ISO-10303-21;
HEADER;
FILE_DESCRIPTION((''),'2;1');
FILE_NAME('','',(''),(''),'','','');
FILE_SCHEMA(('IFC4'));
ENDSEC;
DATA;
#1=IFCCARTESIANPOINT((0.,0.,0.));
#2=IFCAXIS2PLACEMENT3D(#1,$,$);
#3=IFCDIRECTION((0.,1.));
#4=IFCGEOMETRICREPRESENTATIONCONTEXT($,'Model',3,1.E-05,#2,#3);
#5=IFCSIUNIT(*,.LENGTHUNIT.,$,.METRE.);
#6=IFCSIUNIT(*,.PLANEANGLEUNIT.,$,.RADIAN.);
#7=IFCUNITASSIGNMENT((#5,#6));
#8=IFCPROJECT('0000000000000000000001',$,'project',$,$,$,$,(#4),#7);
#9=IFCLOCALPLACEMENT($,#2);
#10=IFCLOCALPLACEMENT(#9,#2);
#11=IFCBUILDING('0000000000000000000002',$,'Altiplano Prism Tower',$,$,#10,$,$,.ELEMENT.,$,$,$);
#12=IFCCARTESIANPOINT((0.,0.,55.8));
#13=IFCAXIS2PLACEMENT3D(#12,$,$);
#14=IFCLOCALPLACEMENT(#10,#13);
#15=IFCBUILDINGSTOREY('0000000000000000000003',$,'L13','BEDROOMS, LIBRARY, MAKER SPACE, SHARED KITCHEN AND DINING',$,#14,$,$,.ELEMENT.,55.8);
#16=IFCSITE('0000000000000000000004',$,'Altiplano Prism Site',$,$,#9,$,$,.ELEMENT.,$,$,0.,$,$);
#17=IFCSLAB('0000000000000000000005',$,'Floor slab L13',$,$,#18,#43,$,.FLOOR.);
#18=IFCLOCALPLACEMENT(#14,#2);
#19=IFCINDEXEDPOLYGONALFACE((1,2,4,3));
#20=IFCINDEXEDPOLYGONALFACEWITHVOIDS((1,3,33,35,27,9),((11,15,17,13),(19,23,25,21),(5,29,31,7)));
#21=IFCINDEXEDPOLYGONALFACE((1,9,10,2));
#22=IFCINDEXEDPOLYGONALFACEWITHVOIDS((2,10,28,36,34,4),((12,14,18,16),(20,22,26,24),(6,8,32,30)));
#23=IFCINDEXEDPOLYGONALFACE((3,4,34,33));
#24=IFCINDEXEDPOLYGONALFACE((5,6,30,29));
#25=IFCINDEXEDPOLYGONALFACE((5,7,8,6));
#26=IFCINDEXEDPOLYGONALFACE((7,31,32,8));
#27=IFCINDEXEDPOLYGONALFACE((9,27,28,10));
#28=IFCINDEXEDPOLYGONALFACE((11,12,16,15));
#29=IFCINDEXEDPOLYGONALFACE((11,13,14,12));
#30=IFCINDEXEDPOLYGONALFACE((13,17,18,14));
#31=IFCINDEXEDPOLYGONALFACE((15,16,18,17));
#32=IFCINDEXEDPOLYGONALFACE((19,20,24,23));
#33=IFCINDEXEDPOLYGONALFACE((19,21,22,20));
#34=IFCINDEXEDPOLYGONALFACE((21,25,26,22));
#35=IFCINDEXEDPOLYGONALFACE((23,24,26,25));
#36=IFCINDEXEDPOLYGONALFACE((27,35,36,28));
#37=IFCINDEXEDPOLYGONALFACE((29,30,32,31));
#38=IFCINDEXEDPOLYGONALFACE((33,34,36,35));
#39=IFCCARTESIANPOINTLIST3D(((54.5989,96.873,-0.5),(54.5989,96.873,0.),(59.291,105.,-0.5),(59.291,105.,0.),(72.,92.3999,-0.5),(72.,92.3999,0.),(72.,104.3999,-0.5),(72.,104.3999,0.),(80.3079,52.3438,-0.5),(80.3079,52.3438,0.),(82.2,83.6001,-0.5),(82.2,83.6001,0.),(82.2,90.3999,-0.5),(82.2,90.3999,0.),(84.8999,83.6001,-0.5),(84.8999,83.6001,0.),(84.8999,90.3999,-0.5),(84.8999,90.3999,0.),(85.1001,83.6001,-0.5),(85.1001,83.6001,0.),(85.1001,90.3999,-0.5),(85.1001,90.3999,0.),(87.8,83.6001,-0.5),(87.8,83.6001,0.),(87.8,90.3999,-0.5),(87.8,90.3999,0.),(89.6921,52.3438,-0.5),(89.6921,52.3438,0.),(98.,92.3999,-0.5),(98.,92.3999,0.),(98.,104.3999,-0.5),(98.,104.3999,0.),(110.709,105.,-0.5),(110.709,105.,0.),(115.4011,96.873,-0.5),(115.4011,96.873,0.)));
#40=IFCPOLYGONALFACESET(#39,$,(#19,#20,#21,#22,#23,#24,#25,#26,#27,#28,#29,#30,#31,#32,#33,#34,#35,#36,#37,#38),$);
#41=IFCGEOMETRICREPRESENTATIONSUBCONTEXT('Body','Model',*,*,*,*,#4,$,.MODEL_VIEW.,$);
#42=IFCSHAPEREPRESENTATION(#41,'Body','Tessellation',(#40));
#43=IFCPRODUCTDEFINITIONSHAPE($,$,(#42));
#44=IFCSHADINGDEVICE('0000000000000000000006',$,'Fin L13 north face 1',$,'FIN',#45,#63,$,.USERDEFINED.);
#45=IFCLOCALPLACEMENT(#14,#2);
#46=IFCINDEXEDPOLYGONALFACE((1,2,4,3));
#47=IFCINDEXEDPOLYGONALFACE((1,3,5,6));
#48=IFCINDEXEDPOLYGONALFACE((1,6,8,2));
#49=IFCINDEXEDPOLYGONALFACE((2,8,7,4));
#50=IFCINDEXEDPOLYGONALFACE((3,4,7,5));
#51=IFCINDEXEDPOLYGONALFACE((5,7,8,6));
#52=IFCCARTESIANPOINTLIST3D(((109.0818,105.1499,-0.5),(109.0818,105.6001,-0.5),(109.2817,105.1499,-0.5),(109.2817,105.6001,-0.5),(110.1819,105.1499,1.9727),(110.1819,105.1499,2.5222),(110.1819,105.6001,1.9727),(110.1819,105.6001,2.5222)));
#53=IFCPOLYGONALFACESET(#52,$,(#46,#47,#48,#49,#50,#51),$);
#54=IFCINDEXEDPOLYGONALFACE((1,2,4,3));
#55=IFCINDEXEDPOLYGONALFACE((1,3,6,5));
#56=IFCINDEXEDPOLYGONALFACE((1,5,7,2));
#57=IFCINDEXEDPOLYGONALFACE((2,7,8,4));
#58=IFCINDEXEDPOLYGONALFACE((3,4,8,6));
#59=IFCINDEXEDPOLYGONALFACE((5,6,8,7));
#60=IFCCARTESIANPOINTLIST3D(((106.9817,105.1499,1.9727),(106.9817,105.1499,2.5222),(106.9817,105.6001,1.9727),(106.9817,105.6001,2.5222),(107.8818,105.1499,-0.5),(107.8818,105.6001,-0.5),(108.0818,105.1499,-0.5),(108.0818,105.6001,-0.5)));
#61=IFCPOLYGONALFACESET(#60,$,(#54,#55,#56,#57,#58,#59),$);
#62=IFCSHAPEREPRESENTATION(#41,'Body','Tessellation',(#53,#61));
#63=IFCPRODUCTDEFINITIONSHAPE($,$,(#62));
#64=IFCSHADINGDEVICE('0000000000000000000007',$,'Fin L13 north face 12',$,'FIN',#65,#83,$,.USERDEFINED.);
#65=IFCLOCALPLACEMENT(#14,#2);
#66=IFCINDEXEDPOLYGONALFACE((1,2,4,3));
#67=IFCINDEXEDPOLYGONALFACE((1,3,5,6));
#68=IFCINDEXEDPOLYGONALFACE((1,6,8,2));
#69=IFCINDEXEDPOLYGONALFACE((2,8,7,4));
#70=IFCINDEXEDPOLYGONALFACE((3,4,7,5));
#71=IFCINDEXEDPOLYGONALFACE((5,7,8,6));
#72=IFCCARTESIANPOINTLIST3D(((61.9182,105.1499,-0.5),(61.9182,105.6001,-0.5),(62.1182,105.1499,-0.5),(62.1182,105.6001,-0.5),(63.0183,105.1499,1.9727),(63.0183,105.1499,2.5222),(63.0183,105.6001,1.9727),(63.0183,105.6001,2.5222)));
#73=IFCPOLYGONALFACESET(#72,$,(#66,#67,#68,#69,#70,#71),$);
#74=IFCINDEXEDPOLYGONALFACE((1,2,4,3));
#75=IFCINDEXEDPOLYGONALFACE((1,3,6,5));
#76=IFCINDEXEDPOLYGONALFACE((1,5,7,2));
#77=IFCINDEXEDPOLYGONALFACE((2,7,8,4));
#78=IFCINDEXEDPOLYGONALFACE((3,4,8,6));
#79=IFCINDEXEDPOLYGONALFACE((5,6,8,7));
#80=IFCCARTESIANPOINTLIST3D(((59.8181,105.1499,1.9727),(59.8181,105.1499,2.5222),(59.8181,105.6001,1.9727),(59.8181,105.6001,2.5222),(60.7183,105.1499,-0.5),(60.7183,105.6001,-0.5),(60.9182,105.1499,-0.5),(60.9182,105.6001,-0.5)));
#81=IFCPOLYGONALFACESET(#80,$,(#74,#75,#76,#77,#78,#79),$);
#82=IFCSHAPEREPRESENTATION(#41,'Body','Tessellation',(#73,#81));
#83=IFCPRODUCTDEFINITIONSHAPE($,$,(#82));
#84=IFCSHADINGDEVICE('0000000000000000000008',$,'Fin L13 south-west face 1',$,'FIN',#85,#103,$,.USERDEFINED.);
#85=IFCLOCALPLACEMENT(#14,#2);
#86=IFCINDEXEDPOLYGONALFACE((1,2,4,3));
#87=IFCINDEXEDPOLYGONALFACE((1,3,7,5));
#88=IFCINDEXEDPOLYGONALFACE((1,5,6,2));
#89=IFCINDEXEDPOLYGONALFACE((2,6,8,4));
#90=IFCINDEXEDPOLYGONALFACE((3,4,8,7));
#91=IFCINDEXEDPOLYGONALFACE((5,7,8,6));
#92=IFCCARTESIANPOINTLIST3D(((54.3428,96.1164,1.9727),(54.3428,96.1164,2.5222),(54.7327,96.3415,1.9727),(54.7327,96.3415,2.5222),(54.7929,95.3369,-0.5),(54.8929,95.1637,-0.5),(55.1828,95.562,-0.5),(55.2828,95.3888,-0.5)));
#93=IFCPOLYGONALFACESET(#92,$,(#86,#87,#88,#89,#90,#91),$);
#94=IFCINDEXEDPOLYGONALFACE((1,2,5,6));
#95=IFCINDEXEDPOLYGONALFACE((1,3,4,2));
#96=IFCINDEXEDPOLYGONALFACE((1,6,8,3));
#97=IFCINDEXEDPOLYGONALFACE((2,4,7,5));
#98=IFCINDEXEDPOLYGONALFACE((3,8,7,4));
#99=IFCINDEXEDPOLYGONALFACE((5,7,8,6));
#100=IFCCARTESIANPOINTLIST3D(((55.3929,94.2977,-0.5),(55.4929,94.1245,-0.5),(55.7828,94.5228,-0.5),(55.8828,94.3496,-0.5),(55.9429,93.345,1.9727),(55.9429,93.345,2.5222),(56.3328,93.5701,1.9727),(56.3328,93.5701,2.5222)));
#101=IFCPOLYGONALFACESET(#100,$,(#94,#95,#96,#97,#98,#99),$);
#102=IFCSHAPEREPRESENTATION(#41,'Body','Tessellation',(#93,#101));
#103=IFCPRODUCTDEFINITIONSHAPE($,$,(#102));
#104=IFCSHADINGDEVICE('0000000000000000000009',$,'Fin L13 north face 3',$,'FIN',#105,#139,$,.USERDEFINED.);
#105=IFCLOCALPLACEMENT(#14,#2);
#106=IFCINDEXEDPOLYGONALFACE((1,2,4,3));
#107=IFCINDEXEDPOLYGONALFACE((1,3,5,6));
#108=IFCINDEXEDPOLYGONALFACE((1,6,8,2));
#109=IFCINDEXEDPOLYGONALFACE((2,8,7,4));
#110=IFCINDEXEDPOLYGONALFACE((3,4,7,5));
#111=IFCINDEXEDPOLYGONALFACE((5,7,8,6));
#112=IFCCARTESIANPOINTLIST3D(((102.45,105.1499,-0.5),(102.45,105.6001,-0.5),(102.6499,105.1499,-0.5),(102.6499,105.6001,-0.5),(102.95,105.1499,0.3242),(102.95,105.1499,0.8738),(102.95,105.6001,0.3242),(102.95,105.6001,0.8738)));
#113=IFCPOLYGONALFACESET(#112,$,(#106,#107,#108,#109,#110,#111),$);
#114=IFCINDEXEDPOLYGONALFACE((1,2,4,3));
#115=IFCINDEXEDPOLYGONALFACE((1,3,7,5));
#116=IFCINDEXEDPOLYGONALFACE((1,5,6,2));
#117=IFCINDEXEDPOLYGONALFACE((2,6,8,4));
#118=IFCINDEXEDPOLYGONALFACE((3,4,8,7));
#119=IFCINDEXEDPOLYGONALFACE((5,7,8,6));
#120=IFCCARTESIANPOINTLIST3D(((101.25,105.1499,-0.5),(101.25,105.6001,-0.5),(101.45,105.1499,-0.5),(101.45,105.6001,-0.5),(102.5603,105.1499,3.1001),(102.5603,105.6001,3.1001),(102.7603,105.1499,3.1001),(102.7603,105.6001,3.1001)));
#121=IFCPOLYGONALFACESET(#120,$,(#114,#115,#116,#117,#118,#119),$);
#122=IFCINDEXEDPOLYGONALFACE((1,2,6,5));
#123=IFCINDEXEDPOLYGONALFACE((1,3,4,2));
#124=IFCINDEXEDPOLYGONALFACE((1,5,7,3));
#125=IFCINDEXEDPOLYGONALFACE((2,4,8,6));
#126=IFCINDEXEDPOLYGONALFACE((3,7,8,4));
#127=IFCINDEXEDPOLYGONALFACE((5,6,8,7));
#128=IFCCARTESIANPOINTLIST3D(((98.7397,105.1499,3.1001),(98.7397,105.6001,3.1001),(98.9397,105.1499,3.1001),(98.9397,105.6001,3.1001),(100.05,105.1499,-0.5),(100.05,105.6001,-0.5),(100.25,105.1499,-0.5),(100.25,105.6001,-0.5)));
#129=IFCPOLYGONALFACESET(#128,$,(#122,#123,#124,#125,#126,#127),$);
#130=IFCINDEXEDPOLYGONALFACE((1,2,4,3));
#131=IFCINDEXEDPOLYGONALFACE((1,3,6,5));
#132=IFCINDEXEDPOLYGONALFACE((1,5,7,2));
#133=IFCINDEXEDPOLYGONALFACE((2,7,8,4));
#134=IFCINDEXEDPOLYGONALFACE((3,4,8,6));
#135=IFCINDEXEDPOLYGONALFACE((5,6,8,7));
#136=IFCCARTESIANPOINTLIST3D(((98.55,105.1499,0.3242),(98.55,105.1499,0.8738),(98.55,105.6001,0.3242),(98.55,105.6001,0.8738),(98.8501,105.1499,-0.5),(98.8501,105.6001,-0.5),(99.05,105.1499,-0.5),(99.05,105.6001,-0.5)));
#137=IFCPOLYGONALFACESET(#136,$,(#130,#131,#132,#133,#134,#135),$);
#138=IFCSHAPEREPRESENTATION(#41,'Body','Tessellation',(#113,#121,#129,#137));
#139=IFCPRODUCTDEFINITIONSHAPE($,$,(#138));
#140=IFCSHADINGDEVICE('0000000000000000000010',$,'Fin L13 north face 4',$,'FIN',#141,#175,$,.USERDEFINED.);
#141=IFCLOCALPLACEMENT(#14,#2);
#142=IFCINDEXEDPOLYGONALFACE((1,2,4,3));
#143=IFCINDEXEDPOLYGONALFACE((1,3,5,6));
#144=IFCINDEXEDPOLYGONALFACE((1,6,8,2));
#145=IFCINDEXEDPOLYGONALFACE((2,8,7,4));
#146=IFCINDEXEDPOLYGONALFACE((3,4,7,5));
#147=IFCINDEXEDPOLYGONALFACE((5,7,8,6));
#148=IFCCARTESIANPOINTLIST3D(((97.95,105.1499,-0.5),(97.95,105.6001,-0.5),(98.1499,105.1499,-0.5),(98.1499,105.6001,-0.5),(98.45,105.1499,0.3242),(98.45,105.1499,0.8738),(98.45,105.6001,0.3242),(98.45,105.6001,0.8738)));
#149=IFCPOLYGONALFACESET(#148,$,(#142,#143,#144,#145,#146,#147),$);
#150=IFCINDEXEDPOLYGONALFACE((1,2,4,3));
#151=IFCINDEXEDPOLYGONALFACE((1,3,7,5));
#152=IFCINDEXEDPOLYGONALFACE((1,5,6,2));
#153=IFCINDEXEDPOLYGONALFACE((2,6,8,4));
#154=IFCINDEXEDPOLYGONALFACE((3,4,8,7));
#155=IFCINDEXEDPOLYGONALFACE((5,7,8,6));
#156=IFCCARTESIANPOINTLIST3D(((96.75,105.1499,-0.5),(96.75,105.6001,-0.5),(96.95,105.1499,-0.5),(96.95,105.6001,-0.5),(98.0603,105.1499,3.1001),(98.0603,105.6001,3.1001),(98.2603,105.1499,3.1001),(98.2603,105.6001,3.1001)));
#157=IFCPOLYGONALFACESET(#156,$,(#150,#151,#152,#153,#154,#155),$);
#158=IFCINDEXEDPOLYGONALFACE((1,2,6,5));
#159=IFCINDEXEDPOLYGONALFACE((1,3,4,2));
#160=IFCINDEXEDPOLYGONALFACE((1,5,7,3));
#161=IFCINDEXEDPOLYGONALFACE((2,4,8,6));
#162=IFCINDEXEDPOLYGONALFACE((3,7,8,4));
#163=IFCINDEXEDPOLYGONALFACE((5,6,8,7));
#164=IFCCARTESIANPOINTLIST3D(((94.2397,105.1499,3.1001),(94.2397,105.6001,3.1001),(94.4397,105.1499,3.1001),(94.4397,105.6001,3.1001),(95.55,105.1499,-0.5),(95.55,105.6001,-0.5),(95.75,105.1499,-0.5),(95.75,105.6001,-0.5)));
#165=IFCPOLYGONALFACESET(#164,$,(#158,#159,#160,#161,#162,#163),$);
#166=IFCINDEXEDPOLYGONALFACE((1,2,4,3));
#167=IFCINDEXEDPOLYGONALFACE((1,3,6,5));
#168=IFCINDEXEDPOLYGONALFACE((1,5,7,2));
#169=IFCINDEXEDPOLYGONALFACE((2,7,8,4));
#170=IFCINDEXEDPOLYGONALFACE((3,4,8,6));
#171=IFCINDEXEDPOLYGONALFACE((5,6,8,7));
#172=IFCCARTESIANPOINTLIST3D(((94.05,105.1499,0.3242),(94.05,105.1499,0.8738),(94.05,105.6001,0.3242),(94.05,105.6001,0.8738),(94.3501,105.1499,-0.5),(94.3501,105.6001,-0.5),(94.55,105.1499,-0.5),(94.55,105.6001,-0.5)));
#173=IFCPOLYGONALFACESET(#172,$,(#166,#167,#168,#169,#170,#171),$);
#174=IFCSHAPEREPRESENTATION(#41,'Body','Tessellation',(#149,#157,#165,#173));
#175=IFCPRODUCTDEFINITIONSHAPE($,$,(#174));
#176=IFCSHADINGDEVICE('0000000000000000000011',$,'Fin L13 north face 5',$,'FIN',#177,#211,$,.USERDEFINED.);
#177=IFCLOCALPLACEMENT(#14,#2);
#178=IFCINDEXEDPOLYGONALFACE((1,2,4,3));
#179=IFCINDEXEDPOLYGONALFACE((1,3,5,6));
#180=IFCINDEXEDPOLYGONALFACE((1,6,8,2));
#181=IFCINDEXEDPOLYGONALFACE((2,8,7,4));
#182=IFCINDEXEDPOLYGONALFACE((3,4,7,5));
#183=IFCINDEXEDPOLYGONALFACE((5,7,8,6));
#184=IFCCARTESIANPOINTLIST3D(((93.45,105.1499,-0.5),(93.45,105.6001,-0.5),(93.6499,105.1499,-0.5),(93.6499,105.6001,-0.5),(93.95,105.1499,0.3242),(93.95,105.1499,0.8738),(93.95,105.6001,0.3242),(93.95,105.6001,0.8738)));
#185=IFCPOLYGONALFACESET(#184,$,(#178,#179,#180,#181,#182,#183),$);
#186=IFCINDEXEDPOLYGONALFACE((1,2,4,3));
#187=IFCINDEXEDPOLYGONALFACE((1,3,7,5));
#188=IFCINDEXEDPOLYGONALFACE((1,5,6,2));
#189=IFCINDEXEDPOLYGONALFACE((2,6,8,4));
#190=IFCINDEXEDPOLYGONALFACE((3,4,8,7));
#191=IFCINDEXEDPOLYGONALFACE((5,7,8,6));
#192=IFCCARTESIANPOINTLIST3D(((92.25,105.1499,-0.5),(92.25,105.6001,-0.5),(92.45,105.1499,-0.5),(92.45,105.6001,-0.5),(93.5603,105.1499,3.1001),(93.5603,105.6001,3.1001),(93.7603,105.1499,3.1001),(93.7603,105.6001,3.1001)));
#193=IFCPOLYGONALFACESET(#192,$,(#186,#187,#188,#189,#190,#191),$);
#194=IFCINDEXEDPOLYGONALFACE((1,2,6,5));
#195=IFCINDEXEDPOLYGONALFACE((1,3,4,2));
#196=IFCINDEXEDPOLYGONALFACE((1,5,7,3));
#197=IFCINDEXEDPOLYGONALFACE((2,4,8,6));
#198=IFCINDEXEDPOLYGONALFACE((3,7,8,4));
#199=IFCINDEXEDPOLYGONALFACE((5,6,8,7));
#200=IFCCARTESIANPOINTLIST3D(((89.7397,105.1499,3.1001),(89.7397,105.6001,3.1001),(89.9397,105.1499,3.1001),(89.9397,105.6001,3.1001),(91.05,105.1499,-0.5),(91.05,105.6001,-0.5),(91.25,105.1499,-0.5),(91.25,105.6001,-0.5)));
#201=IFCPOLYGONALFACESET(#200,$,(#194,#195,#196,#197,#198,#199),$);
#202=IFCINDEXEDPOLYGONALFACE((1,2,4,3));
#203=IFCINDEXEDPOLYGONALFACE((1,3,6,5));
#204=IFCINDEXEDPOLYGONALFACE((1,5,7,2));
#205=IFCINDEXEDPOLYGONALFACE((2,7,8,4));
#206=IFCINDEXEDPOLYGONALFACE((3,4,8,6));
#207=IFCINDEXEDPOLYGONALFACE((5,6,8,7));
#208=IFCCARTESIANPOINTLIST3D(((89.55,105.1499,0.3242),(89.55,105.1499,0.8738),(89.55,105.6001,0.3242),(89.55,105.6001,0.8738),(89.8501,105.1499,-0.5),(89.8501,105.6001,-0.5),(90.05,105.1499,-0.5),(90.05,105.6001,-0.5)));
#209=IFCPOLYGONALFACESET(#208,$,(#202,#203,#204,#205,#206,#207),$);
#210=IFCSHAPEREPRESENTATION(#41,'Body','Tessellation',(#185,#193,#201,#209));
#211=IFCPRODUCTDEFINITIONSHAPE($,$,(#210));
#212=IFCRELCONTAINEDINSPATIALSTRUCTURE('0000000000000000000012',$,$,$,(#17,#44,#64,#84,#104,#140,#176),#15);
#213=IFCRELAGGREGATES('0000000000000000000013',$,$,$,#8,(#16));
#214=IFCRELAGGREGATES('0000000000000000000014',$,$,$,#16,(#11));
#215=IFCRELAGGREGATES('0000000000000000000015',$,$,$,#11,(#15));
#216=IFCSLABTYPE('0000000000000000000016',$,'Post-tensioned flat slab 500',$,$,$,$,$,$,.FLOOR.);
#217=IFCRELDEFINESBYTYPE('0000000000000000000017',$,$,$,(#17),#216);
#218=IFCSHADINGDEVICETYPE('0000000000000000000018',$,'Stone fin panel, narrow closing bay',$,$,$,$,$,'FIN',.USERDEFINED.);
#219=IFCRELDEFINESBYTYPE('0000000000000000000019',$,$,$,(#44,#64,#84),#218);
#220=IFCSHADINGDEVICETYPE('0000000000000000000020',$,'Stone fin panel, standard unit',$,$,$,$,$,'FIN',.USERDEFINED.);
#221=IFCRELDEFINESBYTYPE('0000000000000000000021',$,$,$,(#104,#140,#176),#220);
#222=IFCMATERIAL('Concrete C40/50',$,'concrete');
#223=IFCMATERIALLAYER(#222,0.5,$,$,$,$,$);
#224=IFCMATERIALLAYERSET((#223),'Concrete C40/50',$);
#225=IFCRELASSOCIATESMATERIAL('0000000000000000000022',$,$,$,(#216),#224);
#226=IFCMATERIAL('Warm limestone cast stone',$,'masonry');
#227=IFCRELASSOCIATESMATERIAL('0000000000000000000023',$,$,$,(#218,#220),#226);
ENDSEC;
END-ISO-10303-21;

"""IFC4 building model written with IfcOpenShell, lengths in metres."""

from ifc_helpers import new_model, si_unit, direction, frame, origin, place, context, subcontext, project, spatial, polyline, outline, extrude, source, transform, mapped, material, layer, layer_set, type_object, element, save


model = new_model("IFC4")

# Units and contexts
model_context = context("Model", 3, precision=1e-05, world=origin(), true_north=direction((0.0, 1.0)))
body_context = subcontext(model_context, "Body", "Model", "MODEL_VIEW")
ifc_project = project(units=[si_unit("LENGTHUNIT", "METRE"), si_unit("PLANEANGLEUNIT", "RADIAN")], contexts=[model_context])

# Site, building, storey
site_placement = place(None, origin())
site = spatial("IfcSite", under=ifc_project, at=site_placement, Name="Altiplano Prism Site", CompositionType="ELEMENT", RefElevation=0.0)
building_placement = place(site_placement, origin())
building = spatial("IfcBuilding", under=site, at=building_placement, Name="Altiplano Prism Tower", CompositionType="ELEMENT")
storey_placement = place(building_placement, frame((0.0, 0.0, 55.8)))
storey = spatial("IfcBuildingStorey", under=building, at=storey_placement, Name="L13", Description="BEDROOMS, LIBRARY, MAKER SPACE, SHARED KITCHEN AND DINING", CompositionType="ELEMENT", Elevation=55.8)

# Slab
ifc_material_1 = material(Name="Concrete C40/50", Category="concrete")
ifc_layer = layer(ifc_material_1, 0.5)
ifc_layer_set = layer_set([ifc_layer], Name="Concrete C40/50")
slab_type = type_object("IfcSlabType", Name="Post-tensioned flat slab 500", PredefinedType="FLOOR", material=ifc_layer_set)
slab_placement = place(storey_placement, frame((0.0, 0.0, -0.5)))
element("IfcSlab", 1, at=slab_placement, inside=storey, type_object=slab_type, Name="Floor slab L13", PredefinedType="FLOOR", context=body_context, shape_type="SweptSolid", body=[
    extrude(outline(polyline([(80.3079, 52.3438), (54.5989, 96.873), (59.291, 105.0), (110.709, 105.0), (115.4011, 96.873), (89.6921, 52.3438), (80.3079, 52.3438)]), holes=[polyline([(72.0, 104.3999), (72.0, 92.3999), (98.0, 92.3999), (98.0, 104.3999), (72.0, 104.3999)]), polyline([(84.8999, 90.3999), (82.2, 90.3999), (82.2, 83.6001), (84.8999, 83.6001), (84.8999, 90.3999)]), polyline([(87.8, 83.6001), (87.8, 90.3999), (85.1001, 90.3999), (85.1001, 83.6001), (87.8, 83.6001)])]), origin(), (0.0, 0.0, 1.0), 0.5),
])

# Shading devices
ifc_material_2 = material(Name="Warm limestone cast stone", Category="masonry")
shading_device_type_1 = type_object("IfcShadingDeviceType", Name="Stone fin panel, narrow closing bay", ElementType="FIN", PredefinedType="USERDEFINED", material=ifc_material_2)
shared_shape_1 = source(origin(), body_context, "Body", "SweptSolid", [
    extrude(outline(polyline([(-1.6001, 3.0222), (-1.6001, 2.4727), (-0.7, 0.0), (-0.5, 0.0), (-1.6001, 3.0222)])), frame((0.0, -0.1499, 0.0), z_axis=(0.0, -1.0, 0.0), x_axis=(1.0, 0.0, 0.0)), (0.0, 0.0, 1.0), 0.4502),
    extrude(outline(polyline([(1.6001, 2.4727), (1.6001, 3.0222), (0.5, 0.0), (0.7, 0.0), (1.6001, 2.4727)])), frame((0.0, -0.1499, 0.0), z_axis=(0.0, -1.0, 0.0), x_axis=(1.0, 0.0, 0.0)), (0.0, 0.0, 1.0), 0.4502),
])
shading_device_1_placement = place(storey_placement, origin())
element("IfcShadingDevice", 2, at=shading_device_1_placement, inside=storey, type_object=shading_device_type_1, Name="Fin L13 north face 1", ObjectType="FIN", PredefinedType="USERDEFINED", context=body_context, shape_type="MappedRepresentation", body=[
    mapped(shared_shape_1, transform((108.5818, 105.0, -0.5), x_axis=(-1.0, 0.0, 0.0), y_axis=(0.0, -1.0, 0.0), z_axis=(0.0, 0.0, 1.0))),
])
shading_device_2_placement = place(storey_placement, origin())
element("IfcShadingDevice", 3, at=shading_device_2_placement, inside=storey, type_object=shading_device_type_1, Name="Fin L13 north face 12", ObjectType="FIN", PredefinedType="USERDEFINED", context=body_context, shape_type="MappedRepresentation", body=[
    mapped(shared_shape_1, transform((61.4182, 105.0, -0.5), x_axis=(-1.0, 0.0, 0.0), y_axis=(0.0, -1.0, 0.0), z_axis=(0.0, 0.0, 1.0))),
])
shading_device_3_placement = place(storey_placement, origin())
element("IfcShadingDevice", 4, at=shading_device_3_placement, inside=storey, type_object=shading_device_type_1, Name="Fin L13 south-west face 1", ObjectType="FIN", PredefinedType="USERDEFINED", context=body_context, shape_type="MappedRepresentation", body=[
    mapped(shared_shape_1, transform((55.6626, 95.0308, -0.5), x_axis=(0.5, -0.866025, 0.0), y_axis=(0.866025, 0.5, 0.0), z_axis=(0.0, 0.0, 1.0))),
])
shading_device_type_2 = type_object("IfcShadingDeviceType", Name="Stone fin panel, standard unit", ElementType="FIN", PredefinedType="USERDEFINED", material=ifc_material_2)
shared_shape_2 = source(origin(), body_context, "Body", "SweptSolid", [
    extrude(outline(polyline([(-2.2, 1.3738), (-2.2, 0.8242), (-1.8999, 0.0), (-1.7, 0.0), (-2.2, 1.3738)])), frame((0.0, -0.1499, 0.0), z_axis=(0.0, -1.0, 0.0), x_axis=(1.0, 0.0, 0.0)), (0.0, 0.0, 1.0), 0.4502),
    extrude(outline(polyline([(-2.0103, 3.6001), (-0.7, 0.0), (-0.5, 0.0), (-1.8103, 3.6001), (-2.0103, 3.6001)])), frame((0.0, -0.1499, 0.0), z_axis=(0.0, -1.0, 0.0), x_axis=(1.0, 0.0, 0.0)), (0.0, 0.0, 1.0), 0.4502),
    extrude(outline(polyline([(1.8103, 3.6001), (0.5, 0.0), (0.7, 0.0), (2.0103, 3.6001), (1.8103, 3.6001)])), frame((0.0, -0.1499, 0.0), z_axis=(0.0, -1.0, 0.0), x_axis=(1.0, 0.0, 0.0)), (0.0, 0.0, 1.0), 0.4502),
    extrude(outline(polyline([(2.2, 0.8242), (2.2, 1.3738), (1.7, 0.0), (1.8999, 0.0), (2.2, 0.8242)])), frame((0.0, -0.1499, 0.0), z_axis=(0.0, -1.0, 0.0), x_axis=(1.0, 0.0, 0.0)), (0.0, 0.0, 1.0), 0.4502),
])
shading_device_4_placement = place(storey_placement, origin())
element("IfcShadingDevice", 5, at=shading_device_4_placement, inside=storey, type_object=shading_device_type_2, Name="Fin L13 north face 3", ObjectType="FIN", PredefinedType="USERDEFINED", context=body_context, shape_type="MappedRepresentation", body=[
    mapped(shared_shape_2, transform((100.75, 105.0, -0.5), x_axis=(-1.0, 0.0, 0.0), y_axis=(0.0, -1.0, 0.0), z_axis=(0.0, 0.0, 1.0))),
])
shading_device_5_placement = place(storey_placement, origin())
element("IfcShadingDevice", 6, at=shading_device_5_placement, inside=storey, type_object=shading_device_type_2, Name="Fin L13 north face 4", ObjectType="FIN", PredefinedType="USERDEFINED", context=body_context, shape_type="MappedRepresentation", body=[
    mapped(shared_shape_2, transform((96.25, 105.0, -0.5), x_axis=(-1.0, 0.0, 0.0), y_axis=(0.0, -1.0, 0.0), z_axis=(0.0, 0.0, 1.0))),
])
shading_device_6_placement = place(storey_placement, origin())
element("IfcShadingDevice", 7, at=shading_device_6_placement, inside=storey, type_object=shading_device_type_2, Name="Fin L13 north face 5", ObjectType="FIN", PredefinedType="USERDEFINED", context=body_context, shape_type="MappedRepresentation", body=[
    mapped(shared_shape_2, transform((91.75, 105.0, -0.5), x_axis=(-1.0, 0.0, 0.0), y_axis=(0.0, -1.0, 0.0), z_axis=(0.0, 0.0, 1.0))),
])

save(model, "model.ifc")
